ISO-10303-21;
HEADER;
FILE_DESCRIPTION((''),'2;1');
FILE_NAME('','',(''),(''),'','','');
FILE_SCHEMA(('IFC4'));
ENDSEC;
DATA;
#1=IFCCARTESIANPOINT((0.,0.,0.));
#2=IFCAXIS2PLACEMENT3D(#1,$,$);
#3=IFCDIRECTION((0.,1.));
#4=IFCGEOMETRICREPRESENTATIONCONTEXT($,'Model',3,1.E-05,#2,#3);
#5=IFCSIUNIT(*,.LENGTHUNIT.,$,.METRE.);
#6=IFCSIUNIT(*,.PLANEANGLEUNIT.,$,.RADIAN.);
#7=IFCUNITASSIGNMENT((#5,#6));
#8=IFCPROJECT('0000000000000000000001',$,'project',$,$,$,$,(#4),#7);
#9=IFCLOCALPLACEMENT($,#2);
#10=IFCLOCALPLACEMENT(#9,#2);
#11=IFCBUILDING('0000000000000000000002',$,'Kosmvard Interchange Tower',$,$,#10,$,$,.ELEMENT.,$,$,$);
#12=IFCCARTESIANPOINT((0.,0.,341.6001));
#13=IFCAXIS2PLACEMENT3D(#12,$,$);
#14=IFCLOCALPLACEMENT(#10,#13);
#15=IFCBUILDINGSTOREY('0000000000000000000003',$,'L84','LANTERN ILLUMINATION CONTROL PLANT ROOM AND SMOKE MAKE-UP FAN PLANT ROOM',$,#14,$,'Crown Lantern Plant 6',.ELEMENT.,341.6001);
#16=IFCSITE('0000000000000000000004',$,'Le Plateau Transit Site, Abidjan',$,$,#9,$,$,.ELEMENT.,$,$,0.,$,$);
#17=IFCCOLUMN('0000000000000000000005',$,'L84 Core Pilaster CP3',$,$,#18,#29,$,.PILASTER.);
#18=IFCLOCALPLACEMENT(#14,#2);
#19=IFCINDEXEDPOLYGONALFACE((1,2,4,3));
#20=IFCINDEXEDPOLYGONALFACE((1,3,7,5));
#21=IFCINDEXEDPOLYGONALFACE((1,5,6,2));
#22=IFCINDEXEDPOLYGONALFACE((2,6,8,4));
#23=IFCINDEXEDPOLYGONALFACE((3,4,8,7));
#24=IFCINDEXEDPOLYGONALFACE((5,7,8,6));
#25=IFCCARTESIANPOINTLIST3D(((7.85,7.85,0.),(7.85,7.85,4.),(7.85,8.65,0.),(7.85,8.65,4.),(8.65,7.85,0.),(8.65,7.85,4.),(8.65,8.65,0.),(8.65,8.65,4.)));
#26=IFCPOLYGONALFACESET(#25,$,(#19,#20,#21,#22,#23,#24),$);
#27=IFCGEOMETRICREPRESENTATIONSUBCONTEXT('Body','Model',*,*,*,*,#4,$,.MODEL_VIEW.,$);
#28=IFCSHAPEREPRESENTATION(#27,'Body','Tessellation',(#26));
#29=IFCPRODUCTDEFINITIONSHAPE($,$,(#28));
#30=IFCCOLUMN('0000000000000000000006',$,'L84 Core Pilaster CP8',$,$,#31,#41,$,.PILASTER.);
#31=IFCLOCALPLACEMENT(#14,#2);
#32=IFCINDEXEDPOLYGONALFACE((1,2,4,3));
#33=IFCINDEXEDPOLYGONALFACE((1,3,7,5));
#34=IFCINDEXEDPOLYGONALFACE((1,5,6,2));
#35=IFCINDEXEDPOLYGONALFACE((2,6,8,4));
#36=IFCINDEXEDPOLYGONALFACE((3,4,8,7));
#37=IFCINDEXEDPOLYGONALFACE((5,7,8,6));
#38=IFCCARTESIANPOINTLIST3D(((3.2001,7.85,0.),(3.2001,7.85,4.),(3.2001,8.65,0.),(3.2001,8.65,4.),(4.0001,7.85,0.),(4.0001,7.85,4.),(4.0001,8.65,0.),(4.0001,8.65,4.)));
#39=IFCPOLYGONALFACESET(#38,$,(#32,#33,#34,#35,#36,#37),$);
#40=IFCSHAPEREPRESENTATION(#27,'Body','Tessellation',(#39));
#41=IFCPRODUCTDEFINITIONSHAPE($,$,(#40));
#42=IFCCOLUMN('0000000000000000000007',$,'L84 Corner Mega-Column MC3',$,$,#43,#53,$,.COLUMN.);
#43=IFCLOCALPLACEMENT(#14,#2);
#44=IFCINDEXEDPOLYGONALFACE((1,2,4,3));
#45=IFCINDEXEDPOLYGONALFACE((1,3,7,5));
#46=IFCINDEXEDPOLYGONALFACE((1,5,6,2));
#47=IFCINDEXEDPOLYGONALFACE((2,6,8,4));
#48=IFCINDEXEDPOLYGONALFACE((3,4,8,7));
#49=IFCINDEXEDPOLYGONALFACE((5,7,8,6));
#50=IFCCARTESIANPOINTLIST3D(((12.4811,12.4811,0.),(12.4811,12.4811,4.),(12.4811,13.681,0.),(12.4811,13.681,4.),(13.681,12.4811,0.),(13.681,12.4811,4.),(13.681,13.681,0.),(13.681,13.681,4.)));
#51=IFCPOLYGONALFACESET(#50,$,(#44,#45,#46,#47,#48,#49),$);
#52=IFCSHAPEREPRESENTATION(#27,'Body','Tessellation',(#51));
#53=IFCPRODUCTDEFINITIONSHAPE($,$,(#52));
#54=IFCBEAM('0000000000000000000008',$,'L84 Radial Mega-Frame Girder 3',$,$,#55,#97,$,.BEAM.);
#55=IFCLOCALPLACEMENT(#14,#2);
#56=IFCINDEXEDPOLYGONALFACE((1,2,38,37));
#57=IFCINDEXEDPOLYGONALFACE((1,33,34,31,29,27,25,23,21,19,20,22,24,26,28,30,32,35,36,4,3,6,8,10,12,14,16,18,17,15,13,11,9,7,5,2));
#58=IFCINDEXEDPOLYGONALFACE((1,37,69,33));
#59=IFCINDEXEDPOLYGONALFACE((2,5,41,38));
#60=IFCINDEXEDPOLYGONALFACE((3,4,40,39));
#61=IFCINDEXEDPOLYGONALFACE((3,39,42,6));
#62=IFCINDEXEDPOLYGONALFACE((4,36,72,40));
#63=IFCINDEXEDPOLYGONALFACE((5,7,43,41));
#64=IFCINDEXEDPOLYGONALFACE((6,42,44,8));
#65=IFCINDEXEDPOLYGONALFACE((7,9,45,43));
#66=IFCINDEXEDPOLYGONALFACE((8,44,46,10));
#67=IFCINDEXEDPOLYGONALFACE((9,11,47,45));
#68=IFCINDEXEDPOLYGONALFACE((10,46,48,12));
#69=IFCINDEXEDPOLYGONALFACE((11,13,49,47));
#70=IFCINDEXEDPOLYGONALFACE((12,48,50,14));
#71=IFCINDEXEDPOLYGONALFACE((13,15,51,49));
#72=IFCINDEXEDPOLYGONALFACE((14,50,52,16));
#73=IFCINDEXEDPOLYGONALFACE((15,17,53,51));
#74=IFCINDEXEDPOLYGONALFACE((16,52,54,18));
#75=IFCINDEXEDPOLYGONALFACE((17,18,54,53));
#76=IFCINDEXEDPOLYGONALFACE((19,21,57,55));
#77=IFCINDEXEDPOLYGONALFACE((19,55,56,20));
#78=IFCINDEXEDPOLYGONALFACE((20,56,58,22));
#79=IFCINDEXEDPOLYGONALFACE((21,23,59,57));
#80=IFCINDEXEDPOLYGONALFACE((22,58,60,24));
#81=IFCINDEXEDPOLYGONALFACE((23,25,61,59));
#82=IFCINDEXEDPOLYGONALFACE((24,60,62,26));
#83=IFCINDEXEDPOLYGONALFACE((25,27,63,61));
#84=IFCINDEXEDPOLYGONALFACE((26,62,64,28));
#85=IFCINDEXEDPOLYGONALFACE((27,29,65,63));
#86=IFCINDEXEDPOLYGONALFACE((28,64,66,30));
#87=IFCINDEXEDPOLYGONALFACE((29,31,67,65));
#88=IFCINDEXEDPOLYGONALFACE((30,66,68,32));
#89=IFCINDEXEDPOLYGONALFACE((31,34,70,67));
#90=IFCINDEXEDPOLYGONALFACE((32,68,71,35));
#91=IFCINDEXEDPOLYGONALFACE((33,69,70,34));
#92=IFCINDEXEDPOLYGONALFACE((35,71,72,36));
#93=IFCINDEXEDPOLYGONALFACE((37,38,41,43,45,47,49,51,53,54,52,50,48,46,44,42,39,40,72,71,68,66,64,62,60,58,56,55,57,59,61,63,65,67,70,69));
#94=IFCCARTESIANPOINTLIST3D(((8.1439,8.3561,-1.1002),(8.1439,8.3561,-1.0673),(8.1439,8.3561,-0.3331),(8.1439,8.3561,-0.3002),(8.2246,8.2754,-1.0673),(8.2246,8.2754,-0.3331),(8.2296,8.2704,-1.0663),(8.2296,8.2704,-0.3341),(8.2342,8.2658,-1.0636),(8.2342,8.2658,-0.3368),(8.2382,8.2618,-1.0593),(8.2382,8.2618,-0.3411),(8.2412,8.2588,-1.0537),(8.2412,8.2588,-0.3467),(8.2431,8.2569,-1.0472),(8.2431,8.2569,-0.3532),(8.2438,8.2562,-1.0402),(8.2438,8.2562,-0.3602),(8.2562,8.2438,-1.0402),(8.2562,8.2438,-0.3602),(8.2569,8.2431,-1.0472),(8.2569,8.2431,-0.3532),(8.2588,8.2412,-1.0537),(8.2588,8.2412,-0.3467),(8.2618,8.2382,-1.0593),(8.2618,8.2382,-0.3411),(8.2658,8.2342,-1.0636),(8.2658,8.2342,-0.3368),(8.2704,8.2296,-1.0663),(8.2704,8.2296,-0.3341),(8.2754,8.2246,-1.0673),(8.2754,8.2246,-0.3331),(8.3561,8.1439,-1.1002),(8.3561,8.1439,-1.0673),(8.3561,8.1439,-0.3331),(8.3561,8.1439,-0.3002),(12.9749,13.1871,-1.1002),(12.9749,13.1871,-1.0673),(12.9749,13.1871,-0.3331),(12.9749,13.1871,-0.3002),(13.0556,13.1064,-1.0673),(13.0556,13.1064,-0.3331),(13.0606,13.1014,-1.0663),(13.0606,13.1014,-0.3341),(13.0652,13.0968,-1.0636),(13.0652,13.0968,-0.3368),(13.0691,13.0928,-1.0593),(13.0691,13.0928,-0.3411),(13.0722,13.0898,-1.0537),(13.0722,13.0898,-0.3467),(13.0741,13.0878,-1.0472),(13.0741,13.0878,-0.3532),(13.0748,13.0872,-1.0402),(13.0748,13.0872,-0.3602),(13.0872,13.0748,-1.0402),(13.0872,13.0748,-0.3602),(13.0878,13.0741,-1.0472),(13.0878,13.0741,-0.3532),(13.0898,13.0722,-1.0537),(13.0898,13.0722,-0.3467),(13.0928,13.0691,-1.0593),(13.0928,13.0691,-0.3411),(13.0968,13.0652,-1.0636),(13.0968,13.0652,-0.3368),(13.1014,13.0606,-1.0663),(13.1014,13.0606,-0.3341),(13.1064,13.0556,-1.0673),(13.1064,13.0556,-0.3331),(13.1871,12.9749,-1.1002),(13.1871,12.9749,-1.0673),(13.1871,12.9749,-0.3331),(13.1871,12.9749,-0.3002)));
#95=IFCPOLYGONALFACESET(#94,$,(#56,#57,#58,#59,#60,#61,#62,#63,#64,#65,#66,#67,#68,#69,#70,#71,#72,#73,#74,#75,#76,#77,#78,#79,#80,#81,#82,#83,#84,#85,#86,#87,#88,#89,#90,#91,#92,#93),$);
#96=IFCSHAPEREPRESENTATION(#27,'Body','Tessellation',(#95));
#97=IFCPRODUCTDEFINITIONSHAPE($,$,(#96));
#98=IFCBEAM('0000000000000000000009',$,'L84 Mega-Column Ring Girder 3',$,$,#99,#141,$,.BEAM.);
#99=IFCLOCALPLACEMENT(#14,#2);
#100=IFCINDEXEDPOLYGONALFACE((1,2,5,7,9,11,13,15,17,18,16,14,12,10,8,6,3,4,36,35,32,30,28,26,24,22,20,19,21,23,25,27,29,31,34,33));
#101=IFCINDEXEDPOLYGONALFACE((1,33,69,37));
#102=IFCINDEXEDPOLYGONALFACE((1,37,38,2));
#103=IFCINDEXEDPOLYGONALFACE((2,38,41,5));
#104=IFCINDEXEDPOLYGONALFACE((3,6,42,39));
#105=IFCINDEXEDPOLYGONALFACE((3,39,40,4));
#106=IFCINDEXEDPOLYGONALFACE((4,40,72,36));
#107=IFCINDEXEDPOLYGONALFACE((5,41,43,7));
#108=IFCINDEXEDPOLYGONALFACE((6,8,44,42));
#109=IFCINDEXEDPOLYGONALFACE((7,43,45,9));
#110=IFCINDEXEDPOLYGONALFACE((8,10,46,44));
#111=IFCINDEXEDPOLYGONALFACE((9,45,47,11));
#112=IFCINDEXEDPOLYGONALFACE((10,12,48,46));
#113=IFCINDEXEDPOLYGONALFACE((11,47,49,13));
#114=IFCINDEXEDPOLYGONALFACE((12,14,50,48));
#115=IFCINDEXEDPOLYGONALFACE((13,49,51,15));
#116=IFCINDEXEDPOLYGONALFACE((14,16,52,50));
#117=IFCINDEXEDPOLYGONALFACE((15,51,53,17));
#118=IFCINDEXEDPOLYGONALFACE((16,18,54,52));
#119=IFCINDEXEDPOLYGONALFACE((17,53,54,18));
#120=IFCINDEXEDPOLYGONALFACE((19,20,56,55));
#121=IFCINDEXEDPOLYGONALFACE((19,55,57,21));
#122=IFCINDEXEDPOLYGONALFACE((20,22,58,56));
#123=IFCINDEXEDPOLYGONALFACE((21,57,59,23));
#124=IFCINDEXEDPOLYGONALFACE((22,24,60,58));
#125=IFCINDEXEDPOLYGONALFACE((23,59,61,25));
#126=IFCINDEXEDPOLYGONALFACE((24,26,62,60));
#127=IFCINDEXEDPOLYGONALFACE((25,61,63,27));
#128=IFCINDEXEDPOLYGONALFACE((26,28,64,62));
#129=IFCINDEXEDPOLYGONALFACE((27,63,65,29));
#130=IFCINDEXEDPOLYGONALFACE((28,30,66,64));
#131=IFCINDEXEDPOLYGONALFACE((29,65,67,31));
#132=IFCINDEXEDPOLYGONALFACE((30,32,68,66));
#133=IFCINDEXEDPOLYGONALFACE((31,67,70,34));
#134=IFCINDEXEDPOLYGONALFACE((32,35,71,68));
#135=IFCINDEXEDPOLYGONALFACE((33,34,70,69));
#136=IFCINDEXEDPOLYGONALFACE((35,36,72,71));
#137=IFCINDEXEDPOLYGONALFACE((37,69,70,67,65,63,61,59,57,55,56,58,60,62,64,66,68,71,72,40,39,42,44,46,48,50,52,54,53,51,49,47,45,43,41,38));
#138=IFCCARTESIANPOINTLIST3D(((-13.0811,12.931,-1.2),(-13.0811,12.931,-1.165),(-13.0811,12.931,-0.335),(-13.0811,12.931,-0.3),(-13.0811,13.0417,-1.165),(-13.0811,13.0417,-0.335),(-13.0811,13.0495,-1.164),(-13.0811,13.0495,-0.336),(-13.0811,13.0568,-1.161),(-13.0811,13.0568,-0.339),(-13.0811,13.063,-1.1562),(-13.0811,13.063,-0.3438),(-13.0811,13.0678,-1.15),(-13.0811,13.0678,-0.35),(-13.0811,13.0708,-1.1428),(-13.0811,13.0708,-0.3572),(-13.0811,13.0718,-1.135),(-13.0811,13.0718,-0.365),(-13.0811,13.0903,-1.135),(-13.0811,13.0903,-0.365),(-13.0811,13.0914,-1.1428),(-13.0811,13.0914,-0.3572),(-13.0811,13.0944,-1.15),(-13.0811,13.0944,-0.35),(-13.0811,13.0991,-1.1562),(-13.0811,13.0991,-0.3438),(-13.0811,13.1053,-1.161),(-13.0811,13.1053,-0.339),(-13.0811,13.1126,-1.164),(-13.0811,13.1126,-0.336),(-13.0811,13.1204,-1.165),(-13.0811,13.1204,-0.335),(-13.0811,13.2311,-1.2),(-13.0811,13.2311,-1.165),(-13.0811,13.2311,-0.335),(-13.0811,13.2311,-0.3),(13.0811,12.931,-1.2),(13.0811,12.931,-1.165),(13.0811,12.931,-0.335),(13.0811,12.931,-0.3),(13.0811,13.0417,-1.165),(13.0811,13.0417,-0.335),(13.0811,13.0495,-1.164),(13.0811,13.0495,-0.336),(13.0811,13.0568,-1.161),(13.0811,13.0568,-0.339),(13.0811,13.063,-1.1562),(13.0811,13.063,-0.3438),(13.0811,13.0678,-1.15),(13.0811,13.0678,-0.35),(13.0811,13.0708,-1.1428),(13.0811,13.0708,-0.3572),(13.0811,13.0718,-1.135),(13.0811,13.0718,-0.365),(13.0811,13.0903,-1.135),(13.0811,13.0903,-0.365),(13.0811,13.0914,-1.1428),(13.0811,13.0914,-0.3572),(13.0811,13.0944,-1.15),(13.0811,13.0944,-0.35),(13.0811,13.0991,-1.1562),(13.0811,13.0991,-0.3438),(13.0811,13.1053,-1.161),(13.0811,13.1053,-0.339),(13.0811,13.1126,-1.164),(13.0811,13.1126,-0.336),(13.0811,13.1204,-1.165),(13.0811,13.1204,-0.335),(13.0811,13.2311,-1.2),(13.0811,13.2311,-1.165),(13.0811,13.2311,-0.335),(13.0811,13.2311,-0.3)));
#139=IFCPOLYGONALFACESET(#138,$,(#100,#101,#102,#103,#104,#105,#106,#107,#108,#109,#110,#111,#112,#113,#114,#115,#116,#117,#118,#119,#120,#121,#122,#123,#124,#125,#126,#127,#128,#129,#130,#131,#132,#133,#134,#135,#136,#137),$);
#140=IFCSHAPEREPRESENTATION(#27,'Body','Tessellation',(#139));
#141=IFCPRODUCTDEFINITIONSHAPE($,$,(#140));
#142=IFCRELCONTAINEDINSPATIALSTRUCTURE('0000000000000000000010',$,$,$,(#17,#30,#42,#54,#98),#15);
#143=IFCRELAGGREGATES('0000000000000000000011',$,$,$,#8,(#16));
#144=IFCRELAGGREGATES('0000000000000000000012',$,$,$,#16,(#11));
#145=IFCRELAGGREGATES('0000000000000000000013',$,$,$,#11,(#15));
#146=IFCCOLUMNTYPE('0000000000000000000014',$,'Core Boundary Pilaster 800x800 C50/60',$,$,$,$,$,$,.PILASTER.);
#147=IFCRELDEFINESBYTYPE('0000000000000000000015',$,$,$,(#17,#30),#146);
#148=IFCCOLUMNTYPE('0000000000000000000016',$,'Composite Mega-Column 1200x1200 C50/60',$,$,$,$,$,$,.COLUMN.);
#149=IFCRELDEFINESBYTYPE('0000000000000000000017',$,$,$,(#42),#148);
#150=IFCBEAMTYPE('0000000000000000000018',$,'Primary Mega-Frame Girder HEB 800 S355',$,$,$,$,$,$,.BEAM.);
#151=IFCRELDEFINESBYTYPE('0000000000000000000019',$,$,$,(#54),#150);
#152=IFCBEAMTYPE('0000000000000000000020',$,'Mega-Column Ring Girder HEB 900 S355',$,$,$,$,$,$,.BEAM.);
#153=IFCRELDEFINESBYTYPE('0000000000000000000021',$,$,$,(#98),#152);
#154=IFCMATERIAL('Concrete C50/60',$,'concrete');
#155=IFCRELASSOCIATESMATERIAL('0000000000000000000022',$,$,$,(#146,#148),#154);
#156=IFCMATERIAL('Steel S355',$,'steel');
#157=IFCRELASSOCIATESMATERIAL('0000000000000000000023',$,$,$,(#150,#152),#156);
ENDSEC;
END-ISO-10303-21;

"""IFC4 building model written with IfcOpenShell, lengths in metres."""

from ifc_helpers import new_model, si_unit, direction, frame, origin, origin_2d, place, context, subcontext, project, spatial, rectangle, i_section, extrude, source, transform, mapped, material, material_profile, profile_set, type_object, element, save


model = new_model("IFC4")

# Units and contexts
model_context = context("Model", 3, precision=1e-05, world=origin(), true_north=direction((0.0, 1.0)))
body_context = subcontext(model_context, "Body", "Model", "MODEL_VIEW")
ifc_project = project(units=[si_unit("LENGTHUNIT", "METRE"), si_unit("PLANEANGLEUNIT", "RADIAN")], contexts=[model_context])

# Site, building, storey
site_placement = place(None, origin())
site = spatial("IfcSite", under=ifc_project, at=site_placement, Name="Le Plateau Transit Site, Abidjan", CompositionType="ELEMENT", RefElevation=0.0)
building_placement = place(site_placement, origin())
building = spatial("IfcBuilding", under=site, at=building_placement, Name="Kosmvard Interchange Tower", CompositionType="ELEMENT")
storey_placement = place(building_placement, frame((0.0, 0.0, 341.6001)))
storey = spatial("IfcBuildingStorey", under=building, at=storey_placement, Name="L84", Description="LANTERN ILLUMINATION CONTROL PLANT ROOM AND SMOKE MAKE-UP FAN PLANT ROOM", LongName="Crown Lantern Plant 6", CompositionType="ELEMENT", Elevation=341.6001)

# Columns
ifc_material_1 = material(Name="Concrete C50/60", Category="concrete")
ifc_material_profile_1 = material_profile(ifc_material_1, rectangle(XDim=0.8, YDim=0.8, at=origin_2d()), Name="CP 800x800")
ifc_profile_set_1 = profile_set([ifc_material_profile_1], Name="Concrete C50/60")
column_type_1 = type_object("IfcColumnType", Name="Core Boundary Pilaster 800x800 C50/60", PredefinedType="PILASTER", material=ifc_profile_set_1)
shared_shape_1 = source(origin(), body_context, "Body", "SweptSolid", [
    extrude(rectangle(XDim=0.8, YDim=0.8, at=origin_2d()), origin(), (0.0, 0.0, 1.0), 4.0),
])
for number, where, z_axis, x_axis, name in (
    (1, (8.25, 8.25, 0.0), (0.0, 0.0, 1.0), (1.0, 0.0, 0.0), "L84 Core Pilaster CP3"),
    (2, (3.6001, 8.25, 0.0), (0.0, 0.0, 1.0), (1.0, 0.0, 0.0), "L84 Core Pilaster CP8"),
):
    element("IfcColumn", number, at=place(storey_placement, frame(where, z_axis=z_axis, x_axis=x_axis)), inside=storey, type_object=column_type_1, Name=name, PredefinedType="PILASTER", context=body_context, shape_type="MappedRepresentation", body=[
        mapped(shared_shape_1, transform((0.0, 0.0, 0.0), scale=1.0)),
    ])
ifc_material_profile_2 = material_profile(ifc_material_1, rectangle(XDim=1.2, YDim=1.2, at=origin_2d()), Name="MC 1200x1200")
ifc_profile_set_2 = profile_set([ifc_material_profile_2], Name="Concrete C50/60")
column_type_2 = type_object("IfcColumnType", Name="Composite Mega-Column 1200x1200 C50/60", PredefinedType="COLUMN", material=ifc_profile_set_2)
shared_shape_2 = source(origin(), body_context, "Body", "SweptSolid", [
    extrude(rectangle(XDim=1.2, YDim=1.2, at=origin_2d()), origin(), (0.0, 0.0, 1.0), 4.0),
])
column_placement = place(storey_placement, frame((13.0811, 13.0811, 0.0), z_axis=(0.0, 0.0, 1.0), x_axis=(1.0, 0.0, 0.0)))
element("IfcColumn", 3, at=column_placement, inside=storey, type_object=column_type_2, Name="L84 Corner Mega-Column MC3", PredefinedType="COLUMN", context=body_context, shape_type="MappedRepresentation", body=[
    mapped(shared_shape_2, transform((0.0, 0.0, 0.0), scale=1.0)),
])

# Beams
ifc_material_2 = material(Name="Steel S355", Category="steel")
ifc_material_profile_3 = material_profile(ifc_material_2, i_section(OverallWidth=0.3, OverallDepth=0.8, WebThickness=0.0176, FlangeThickness=0.033, FilletRadius=0.0271, at=origin_2d()), Name="HEB 800")
ifc_profile_set_3 = profile_set([ifc_material_profile_3], Name="Steel S355")
beam_type_1 = type_object("IfcBeamType", Name="Primary Mega-Frame Girder HEB 800 S355", PredefinedType="BEAM", material=ifc_profile_set_3)
shared_shape_3 = source(origin(), body_context, "Body", "SweptSolid", [
    extrude(i_section(OverallWidth=0.3, OverallDepth=0.8, WebThickness=0.0176, FlangeThickness=0.033, FilletRadius=0.0271, at=origin_2d()), origin(), (0.0, 0.0, 1.0), 6.832),
])
beam_1_placement = place(storey_placement, frame((8.25, 8.25, -0.7002), z_axis=(0.707107, 0.707107, 0.0), x_axis=(-0.707107, 0.707107, 0.0)))
element("IfcBeam", 4, at=beam_1_placement, inside=storey, type_object=beam_type_1, Name="L84 Radial Mega-Frame Girder 3", PredefinedType="BEAM", context=body_context, shape_type="MappedRepresentation", body=[
    mapped(shared_shape_3, transform((0.0, 0.0, 0.0), scale=1.0)),
])
ifc_material_profile_4 = material_profile(ifc_material_2, i_section(OverallWidth=0.3, OverallDepth=0.8999, WebThickness=0.0186, FlangeThickness=0.0349, FilletRadius=0.03, at=origin_2d()), Name="HEB 900")
ifc_profile_set_4 = profile_set([ifc_material_profile_4], Name="Steel S355")
beam_type_2 = type_object("IfcBeamType", Name="Mega-Column Ring Girder HEB 900 S355", PredefinedType="BEAM", material=ifc_profile_set_4)
shared_shape_4 = source(origin(), body_context, "Body", "SweptSolid", [
    extrude(i_section(OverallWidth=0.3, OverallDepth=0.8999, WebThickness=0.0186, FlangeThickness=0.0349, FilletRadius=0.03, at=origin_2d()), origin(), (0.0, 0.0, 1.0), 26.1621),
])
beam_2_placement = place(storey_placement, frame((13.0811, 13.0811, -0.75), z_axis=(-1.0, 0.0, 0.0), x_axis=(0.0, -1.0, 0.0)))
element("IfcBeam", 5, at=beam_2_placement, inside=storey, type_object=beam_type_2, Name="L84 Mega-Column Ring Girder 3", PredefinedType="BEAM", context=body_context, shape_type="MappedRepresentation", body=[
    mapped(shared_shape_4, transform((0.0, 0.0, 0.0), scale=1.0)),
])

save(model, "model.ifc")
